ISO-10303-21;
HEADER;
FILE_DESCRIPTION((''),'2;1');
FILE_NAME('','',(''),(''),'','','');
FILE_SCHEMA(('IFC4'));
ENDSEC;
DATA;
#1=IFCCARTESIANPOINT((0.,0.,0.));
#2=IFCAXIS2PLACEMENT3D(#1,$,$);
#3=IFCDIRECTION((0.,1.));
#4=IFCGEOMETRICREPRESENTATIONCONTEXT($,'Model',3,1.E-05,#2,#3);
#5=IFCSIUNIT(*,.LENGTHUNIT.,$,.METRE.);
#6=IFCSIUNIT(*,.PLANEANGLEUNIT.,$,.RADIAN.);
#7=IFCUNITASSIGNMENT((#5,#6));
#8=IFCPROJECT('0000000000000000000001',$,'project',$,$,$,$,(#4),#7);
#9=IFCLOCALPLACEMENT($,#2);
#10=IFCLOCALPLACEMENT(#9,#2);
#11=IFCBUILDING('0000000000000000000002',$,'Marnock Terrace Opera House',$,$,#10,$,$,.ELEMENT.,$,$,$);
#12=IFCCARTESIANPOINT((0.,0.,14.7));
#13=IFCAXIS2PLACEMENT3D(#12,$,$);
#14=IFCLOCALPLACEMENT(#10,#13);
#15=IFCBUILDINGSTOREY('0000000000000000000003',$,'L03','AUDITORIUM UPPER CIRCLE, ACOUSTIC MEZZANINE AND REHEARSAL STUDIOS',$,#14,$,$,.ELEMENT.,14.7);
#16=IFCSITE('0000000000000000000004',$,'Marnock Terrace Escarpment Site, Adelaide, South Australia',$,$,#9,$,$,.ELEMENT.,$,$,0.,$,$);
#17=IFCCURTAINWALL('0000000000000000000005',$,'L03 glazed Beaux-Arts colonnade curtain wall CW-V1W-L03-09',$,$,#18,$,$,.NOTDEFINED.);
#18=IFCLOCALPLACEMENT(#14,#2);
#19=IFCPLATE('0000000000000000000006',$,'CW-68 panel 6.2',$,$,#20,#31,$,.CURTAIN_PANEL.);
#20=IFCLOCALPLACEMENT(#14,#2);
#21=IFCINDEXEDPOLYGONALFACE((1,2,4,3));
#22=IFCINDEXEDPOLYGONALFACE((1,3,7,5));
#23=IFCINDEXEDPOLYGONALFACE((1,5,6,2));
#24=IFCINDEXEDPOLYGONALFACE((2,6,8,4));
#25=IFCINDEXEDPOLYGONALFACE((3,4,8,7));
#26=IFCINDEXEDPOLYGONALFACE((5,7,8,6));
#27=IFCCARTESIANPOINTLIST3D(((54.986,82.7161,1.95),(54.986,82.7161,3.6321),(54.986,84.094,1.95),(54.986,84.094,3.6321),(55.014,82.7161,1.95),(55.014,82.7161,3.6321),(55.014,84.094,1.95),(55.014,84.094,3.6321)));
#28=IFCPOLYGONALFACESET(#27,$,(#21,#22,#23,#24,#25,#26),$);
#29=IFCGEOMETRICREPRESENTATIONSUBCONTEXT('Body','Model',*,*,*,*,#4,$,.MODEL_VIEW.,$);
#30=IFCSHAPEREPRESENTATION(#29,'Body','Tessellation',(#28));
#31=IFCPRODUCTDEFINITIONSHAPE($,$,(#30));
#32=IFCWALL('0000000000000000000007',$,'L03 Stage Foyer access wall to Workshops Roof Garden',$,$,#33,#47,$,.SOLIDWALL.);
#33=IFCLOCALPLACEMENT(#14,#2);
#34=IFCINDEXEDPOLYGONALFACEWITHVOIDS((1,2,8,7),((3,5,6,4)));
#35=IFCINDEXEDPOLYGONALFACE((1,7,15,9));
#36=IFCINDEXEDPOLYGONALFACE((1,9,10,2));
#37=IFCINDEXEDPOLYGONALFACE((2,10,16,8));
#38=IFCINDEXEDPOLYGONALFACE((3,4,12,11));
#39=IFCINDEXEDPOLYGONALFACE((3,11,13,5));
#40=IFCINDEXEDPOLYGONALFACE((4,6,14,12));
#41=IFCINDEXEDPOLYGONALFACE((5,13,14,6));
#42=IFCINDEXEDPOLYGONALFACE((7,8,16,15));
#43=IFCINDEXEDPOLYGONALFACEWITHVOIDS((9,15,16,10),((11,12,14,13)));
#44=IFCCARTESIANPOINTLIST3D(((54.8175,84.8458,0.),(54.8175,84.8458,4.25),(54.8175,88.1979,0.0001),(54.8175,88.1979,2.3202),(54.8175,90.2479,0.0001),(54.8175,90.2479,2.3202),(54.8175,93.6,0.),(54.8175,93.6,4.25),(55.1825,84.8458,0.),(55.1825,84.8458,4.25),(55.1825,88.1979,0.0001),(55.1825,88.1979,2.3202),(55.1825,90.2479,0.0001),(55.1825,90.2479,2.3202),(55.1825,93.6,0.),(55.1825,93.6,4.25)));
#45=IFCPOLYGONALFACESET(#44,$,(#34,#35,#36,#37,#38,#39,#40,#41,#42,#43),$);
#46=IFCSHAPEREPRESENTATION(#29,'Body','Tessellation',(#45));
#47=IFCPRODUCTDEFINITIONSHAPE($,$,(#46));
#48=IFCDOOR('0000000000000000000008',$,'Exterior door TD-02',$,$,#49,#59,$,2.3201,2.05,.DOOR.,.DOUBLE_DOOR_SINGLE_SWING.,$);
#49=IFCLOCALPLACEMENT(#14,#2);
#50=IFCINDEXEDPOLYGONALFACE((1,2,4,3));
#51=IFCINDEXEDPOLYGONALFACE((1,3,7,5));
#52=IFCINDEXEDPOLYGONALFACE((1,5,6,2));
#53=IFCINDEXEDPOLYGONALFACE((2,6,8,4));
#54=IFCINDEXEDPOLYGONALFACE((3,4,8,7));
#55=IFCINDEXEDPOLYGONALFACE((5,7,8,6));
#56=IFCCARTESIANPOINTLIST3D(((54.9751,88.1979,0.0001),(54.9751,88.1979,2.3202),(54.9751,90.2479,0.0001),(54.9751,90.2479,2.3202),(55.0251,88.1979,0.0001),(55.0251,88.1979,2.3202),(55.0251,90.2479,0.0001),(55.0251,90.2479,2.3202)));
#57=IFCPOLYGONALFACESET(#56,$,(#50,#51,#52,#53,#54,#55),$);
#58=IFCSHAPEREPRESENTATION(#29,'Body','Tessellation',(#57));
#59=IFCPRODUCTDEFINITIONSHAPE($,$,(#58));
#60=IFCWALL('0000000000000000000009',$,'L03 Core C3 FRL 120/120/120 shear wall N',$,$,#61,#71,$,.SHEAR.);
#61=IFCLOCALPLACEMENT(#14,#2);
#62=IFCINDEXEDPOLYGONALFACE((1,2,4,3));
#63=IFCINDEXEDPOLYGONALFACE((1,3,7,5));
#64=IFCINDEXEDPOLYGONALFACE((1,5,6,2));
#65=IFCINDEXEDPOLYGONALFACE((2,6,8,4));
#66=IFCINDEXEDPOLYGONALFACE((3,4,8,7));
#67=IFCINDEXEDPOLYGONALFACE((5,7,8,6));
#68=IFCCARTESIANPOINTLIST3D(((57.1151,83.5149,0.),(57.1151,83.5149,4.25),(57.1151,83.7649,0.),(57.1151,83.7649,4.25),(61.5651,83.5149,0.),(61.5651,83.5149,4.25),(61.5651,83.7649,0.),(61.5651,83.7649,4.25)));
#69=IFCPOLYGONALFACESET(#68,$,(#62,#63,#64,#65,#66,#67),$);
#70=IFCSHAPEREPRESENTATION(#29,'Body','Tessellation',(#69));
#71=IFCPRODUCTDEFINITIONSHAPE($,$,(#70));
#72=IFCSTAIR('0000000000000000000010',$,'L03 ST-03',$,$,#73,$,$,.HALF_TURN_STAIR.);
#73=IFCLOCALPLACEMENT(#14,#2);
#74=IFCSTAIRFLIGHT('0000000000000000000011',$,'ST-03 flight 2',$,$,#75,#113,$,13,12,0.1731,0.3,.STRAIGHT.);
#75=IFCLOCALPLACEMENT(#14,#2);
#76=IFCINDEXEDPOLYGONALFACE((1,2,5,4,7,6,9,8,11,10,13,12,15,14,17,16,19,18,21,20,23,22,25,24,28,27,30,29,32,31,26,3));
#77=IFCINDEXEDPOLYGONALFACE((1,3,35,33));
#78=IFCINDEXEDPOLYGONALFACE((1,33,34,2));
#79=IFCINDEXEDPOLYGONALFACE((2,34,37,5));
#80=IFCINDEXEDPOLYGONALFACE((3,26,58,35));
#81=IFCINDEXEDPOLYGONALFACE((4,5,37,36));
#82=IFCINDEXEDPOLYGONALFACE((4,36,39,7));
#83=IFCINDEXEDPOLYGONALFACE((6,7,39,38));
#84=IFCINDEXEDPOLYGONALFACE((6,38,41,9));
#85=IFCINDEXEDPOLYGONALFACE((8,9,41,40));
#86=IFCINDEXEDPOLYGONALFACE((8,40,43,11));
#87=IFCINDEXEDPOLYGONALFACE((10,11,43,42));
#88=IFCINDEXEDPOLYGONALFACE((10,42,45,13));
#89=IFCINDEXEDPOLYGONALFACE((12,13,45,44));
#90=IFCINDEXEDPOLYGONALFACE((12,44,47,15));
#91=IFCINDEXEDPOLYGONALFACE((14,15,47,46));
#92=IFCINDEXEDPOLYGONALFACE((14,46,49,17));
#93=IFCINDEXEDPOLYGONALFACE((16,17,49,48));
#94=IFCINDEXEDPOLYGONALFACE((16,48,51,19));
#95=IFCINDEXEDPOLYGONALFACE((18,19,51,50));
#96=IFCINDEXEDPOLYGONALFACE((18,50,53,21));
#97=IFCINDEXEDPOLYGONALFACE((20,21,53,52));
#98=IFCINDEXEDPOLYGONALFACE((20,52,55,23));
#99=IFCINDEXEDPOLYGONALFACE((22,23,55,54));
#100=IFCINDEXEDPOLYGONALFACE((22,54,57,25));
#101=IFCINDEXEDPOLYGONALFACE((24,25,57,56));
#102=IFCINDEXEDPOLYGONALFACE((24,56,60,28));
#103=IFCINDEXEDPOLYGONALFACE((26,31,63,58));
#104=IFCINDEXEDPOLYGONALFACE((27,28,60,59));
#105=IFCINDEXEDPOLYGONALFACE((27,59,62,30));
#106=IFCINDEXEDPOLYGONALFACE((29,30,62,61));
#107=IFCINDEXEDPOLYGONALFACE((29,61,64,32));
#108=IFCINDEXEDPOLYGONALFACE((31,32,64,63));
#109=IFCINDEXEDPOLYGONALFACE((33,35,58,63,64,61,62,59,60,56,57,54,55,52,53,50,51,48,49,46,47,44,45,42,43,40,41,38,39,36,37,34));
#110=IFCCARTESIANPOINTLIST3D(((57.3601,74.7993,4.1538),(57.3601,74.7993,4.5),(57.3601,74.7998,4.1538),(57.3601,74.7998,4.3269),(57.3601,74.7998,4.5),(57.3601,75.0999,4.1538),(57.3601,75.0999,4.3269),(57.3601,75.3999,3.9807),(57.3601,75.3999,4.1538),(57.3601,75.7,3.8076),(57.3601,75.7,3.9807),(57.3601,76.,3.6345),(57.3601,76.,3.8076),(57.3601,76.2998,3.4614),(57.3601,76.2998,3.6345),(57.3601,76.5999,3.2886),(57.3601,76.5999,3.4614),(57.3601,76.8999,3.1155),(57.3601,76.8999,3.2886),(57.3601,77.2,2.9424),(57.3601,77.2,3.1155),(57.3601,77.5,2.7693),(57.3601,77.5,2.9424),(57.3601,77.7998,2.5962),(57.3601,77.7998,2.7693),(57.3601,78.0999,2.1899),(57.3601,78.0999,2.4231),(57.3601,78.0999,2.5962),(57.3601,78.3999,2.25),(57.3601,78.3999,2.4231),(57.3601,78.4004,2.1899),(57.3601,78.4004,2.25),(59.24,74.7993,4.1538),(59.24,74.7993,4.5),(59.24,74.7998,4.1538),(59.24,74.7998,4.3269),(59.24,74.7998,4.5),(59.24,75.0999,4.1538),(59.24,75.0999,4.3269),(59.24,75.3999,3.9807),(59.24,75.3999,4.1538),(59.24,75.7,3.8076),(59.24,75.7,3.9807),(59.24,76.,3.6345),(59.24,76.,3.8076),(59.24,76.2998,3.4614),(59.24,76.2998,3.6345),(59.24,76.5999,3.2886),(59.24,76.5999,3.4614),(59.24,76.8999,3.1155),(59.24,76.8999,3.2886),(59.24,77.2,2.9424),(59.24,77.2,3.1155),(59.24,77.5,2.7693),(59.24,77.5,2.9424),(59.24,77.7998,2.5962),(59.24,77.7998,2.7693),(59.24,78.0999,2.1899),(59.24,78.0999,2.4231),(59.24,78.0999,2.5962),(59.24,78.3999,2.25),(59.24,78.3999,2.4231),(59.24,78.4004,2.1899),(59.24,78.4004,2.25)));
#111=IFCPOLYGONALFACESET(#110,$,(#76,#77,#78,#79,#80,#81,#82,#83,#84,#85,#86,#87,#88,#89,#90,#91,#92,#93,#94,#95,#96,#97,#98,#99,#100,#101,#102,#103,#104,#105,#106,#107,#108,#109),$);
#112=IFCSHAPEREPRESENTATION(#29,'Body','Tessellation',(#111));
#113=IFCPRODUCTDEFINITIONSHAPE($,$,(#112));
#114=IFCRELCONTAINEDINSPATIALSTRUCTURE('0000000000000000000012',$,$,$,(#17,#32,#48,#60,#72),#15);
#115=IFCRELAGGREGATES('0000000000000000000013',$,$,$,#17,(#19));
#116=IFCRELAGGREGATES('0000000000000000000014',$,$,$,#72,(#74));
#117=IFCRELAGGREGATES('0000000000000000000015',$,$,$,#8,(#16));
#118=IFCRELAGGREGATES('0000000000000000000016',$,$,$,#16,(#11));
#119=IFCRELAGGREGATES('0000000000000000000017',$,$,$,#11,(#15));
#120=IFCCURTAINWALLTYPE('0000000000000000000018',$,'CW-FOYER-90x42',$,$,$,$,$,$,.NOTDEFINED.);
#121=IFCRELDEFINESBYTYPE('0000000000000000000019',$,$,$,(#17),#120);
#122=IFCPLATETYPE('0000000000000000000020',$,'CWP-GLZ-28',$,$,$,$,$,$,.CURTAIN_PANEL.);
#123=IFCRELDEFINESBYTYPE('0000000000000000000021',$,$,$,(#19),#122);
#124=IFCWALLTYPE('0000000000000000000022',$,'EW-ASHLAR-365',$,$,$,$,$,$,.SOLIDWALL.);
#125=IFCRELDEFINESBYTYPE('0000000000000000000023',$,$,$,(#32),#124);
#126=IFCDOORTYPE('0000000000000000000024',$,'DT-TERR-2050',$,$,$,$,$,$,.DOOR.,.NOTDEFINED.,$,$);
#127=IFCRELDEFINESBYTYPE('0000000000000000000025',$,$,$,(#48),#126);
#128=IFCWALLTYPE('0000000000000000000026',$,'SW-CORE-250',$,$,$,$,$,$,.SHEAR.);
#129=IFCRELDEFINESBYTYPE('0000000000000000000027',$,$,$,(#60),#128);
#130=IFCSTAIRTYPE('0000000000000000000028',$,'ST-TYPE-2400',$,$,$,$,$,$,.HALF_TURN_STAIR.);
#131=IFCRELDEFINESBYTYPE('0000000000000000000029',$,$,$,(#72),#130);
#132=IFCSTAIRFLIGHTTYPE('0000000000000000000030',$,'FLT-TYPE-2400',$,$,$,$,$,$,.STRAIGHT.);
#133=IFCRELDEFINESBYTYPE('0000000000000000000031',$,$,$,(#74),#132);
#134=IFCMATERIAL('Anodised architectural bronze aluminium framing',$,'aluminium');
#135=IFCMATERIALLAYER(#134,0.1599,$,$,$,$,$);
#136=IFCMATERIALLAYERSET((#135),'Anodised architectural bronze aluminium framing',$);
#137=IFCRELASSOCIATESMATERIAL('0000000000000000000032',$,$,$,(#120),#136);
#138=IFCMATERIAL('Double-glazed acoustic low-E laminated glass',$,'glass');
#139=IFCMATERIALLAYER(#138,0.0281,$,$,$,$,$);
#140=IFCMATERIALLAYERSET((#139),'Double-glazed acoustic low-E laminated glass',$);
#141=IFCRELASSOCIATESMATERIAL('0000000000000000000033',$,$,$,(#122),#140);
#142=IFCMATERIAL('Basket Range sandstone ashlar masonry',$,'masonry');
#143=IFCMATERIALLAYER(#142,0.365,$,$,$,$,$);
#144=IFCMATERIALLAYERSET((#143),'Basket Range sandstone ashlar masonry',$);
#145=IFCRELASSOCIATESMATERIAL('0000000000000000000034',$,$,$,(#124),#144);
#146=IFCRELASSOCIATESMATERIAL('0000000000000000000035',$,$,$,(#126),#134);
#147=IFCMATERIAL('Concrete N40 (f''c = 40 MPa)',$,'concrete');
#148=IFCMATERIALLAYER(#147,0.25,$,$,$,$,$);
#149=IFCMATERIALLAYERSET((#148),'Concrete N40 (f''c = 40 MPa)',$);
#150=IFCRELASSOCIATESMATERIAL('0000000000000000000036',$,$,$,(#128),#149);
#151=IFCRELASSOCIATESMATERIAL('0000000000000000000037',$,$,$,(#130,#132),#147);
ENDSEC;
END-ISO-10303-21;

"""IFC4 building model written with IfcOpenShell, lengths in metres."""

from ifc_helpers import new_model, si_unit, direction, frame, frame_2d, origin, origin_2d, place, context, subcontext, project, spatial, polyline, rectangle, outline, extrude, material, layer, layer_set, type_object, element, fill, aggregate, save


model = new_model("IFC4")

# Units and contexts
model_context = context("Model", 3, precision=1e-05, world=origin(), true_north=direction((0.0, 1.0)))
body_context = subcontext(model_context, "Body", "Model", "MODEL_VIEW")
ifc_project = project(units=[si_unit("LENGTHUNIT", "METRE"), si_unit("PLANEANGLEUNIT", "RADIAN")], contexts=[model_context])

# Site, building, storey
site_placement = place(None, origin())
site = spatial("IfcSite", under=ifc_project, at=site_placement, Name="Marnock Terrace Escarpment Site, Adelaide, South Australia", CompositionType="ELEMENT", RefElevation=0.0)
building_placement = place(site_placement, origin())
building = spatial("IfcBuilding", under=site, at=building_placement, Name="Marnock Terrace Opera House", CompositionType="ELEMENT")
storey_placement = place(building_placement, frame((0.0, 0.0, 14.7)))
storey = spatial("IfcBuildingStorey", under=building, at=storey_placement, Name="L03", Description="AUDITORIUM UPPER CIRCLE, ACOUSTIC MEZZANINE AND REHEARSAL STUDIOS", CompositionType="ELEMENT", Elevation=14.7)

# Curtain wall, plate
ifc_material_1 = material(Name="Anodised architectural bronze aluminium framing", Category="aluminium")
ifc_layer_1 = layer(ifc_material_1, 0.1599)
ifc_layer_set_1 = layer_set([ifc_layer_1], Name="Anodised architectural bronze aluminium framing")
curtain_wall_type = type_object("IfcCurtainWallType", Name="CW-FOYER-90x42", PredefinedType="NOTDEFINED", material=ifc_layer_set_1)
curtain_wall_placement = place(storey_placement, origin())
curtain_wall = element("IfcCurtainWall", 1, at=curtain_wall_placement, inside=storey, type_object=curtain_wall_type, Name="L03 glazed Beaux-Arts colonnade curtain wall CW-V1W-L03-09", PredefinedType="NOTDEFINED")
ifc_material_2 = material(Name="Double-glazed acoustic low-E laminated glass", Category="glass")
ifc_layer_2 = layer(ifc_material_2, 0.0281)
ifc_layer_set_2 = layer_set([ifc_layer_2], Name="Double-glazed acoustic low-E laminated glass")
plate_type = type_object("IfcPlateType", Name="CWP-GLZ-28", PredefinedType="CURTAIN_PANEL", material=ifc_layer_set_2)
plate_1_placement = place(storey_placement, frame((55.0, 83.405, 1.95), z_axis=(0.0, 0.0, 1.0), x_axis=(0.0, 1.0, 0.0)))
plate_1 = element("IfcPlate", 2, at=plate_1_placement, type_object=plate_type, Name="CW-68 panel 6.2", PredefinedType="CURTAIN_PANEL", context=body_context, shape_type="SweptSolid", body=[
    extrude(rectangle(XDim=1.3779, YDim=0.0281, at=origin_2d()), origin(), (0.0, 0.0, 1.0), 1.6821),
])
aggregate(curtain_wall, [plate_1])

# Wall, opening, door
ifc_material_3 = material(Name="Basket Range sandstone ashlar masonry", Category="masonry")
ifc_layer_3 = layer(ifc_material_3, 0.365)
ifc_layer_set_3 = layer_set([ifc_layer_3], Name="Basket Range sandstone ashlar masonry")
wall_type_1 = type_object("IfcWallType", Name="EW-ASHLAR-365", PredefinedType="SOLIDWALL", material=ifc_layer_set_3)
wall_1_placement = place(storey_placement, frame((55.0, 84.8459, 0.0), z_axis=(0.0, 0.0, 1.0), x_axis=(0.0, 1.0, 0.0)))
wall_1 = element("IfcWall", 3, at=wall_1_placement, inside=storey, type_object=wall_type_1, Name="L03 Stage Foyer access wall to Workshops Roof Garden", PredefinedType="SOLIDWALL", context=body_context, shape_type="SweptSolid", body=[
    extrude(rectangle(XDim=8.7542, YDim=0.365, at=frame_2d((4.377, 0.0))), origin(), (0.0, 0.0, 1.0), 4.25),
])
opening_placement = place(wall_1_placement, frame((3.3521, 0.0, 0.0)))
opening = element("IfcOpeningElement", 4, at=opening_placement, cuts=wall_1, PredefinedType="OPENING", context=body_context, shape_type="SweptSolid", body=[
    extrude(rectangle(XDim=2.05, YDim=2.3201, at=frame_2d((1.0249, 1.1602))), frame((0.0, 0.1924, 0.0), z_axis=(0.0, -1.0, 0.0), x_axis=(1.0, 0.0, 0.0)), (0.0, 0.0, 1.0), 0.385),
])
door_type = type_object("IfcDoorType", Name="DT-TERR-2050", OperationType="NOTDEFINED", PredefinedType="DOOR", material=ifc_material_1)
door_placement = place(opening_placement, origin())
door = element("IfcDoor", 5, at=door_placement, inside=storey, type_object=door_type, Name="Exterior door TD-02", OperationType="DOUBLE_DOOR_SINGLE_SWING", OverallHeight=2.3201, OverallWidth=2.05, PredefinedType="DOOR", context=body_context, shape_type="SweptSolid", body=[
    extrude(rectangle(XDim=2.05, YDim=2.3201, at=frame_2d((1.0249, 1.1602))), frame((0.0, 0.0249, 0.0), z_axis=(0.0, -1.0, 0.0), x_axis=(1.0, 0.0, 0.0)), (0.0, 0.0, 1.0), 0.05),
])
fill(opening, door)

# Wall
ifc_material_4 = material(Name="Concrete N40 (f'c = 40 MPa)", Category="concrete")
ifc_layer_4 = layer(ifc_material_4, 0.25)
ifc_layer_set_4 = layer_set([ifc_layer_4], Name="Concrete N40 (f'c = 40 MPa)")
wall_type_2 = type_object("IfcWallType", Name="SW-CORE-250", PredefinedType="SHEAR", material=ifc_layer_set_4)
wall_2_placement = place(storey_placement, frame((57.115, 83.6399, 0.0), z_axis=(0.0, 0.0, 1.0), x_axis=(1.0, 0.0, 0.0)))
element("IfcWall", 6, at=wall_2_placement, inside=storey, type_object=wall_type_2, Name="L03 Core C3 FRL 120/120/120 shear wall N", PredefinedType="SHEAR", context=body_context, shape_type="SweptSolid", body=[
    extrude(rectangle(XDim=4.45, YDim=0.25, at=frame_2d((2.2251, 0.0))), origin(), (0.0, 0.0, 1.0), 4.25),
])

# Stair, stair flight
stair_type = type_object("IfcStairType", Name="ST-TYPE-2400", PredefinedType="HALF_TURN_STAIR", material=ifc_material_4)
stair_placement = place(storey_placement, origin())
stair = element("IfcStair", 7, at=stair_placement, inside=storey, type_object=stair_type, Name="L03 ST-03", PredefinedType="HALF_TURN_STAIR")
stair_flight_type = type_object("IfcStairFlightType", Name="FLT-TYPE-2400", PredefinedType="STRAIGHT", material=ifc_material_4)
stair_flight_placement = place(storey_placement, frame((58.3, 78.3999, 2.25), z_axis=(0.0, 0.0, 1.0), x_axis=(0.0, -1.0, 0.0)))
stair_flight = element("IfcStairFlight", 8, at=stair_flight_placement, type_object=stair_flight_type, Name="ST-03 flight 2", NumberOfRisers=13, NumberOfTreads=12, PredefinedType="STRAIGHT", RiserHeight=0.1731, TreadLength=0.3, context=body_context, shape_type="SweptSolid", body=[
    extrude(outline(polyline([(-0.0005, -0.0601), (-0.0005, 0.0), (0.0, 0.0), (0.0, 0.1731), (0.3, 0.1731), (0.3, 0.3462), (0.6001, 0.3462), (0.6001, 0.5193), (0.8999, 0.5193), (0.8999, 0.6924), (1.2, 0.6924), (1.2, 0.8655), (1.5, 0.8655), (1.5, 1.0386), (1.8, 1.0386), (1.8, 1.2114), (2.1001, 1.2114), (2.1001, 1.3845), (2.3999, 1.3845), (2.3999, 1.5576), (2.7, 1.5576), (2.7, 1.7307), (3.0, 1.7307), (3.0, 1.9038), (3.3, 1.9038), (3.3, 2.0769), (3.6001, 2.0769), (3.6001, 2.25), (3.6006, 2.25), (3.6006, 1.9038), (3.6001, 1.9038), (0.3, -0.0601), (-0.0005, -0.0601)])), frame((0.0, 0.9399, 0.0), z_axis=(0.0, -1.0, 0.0), x_axis=(1.0, 0.0, 0.0)), (0.0, 0.0, 1.0), 1.8799),
])
aggregate(stair, [stair_flight])

save(model, "model.ifc")
